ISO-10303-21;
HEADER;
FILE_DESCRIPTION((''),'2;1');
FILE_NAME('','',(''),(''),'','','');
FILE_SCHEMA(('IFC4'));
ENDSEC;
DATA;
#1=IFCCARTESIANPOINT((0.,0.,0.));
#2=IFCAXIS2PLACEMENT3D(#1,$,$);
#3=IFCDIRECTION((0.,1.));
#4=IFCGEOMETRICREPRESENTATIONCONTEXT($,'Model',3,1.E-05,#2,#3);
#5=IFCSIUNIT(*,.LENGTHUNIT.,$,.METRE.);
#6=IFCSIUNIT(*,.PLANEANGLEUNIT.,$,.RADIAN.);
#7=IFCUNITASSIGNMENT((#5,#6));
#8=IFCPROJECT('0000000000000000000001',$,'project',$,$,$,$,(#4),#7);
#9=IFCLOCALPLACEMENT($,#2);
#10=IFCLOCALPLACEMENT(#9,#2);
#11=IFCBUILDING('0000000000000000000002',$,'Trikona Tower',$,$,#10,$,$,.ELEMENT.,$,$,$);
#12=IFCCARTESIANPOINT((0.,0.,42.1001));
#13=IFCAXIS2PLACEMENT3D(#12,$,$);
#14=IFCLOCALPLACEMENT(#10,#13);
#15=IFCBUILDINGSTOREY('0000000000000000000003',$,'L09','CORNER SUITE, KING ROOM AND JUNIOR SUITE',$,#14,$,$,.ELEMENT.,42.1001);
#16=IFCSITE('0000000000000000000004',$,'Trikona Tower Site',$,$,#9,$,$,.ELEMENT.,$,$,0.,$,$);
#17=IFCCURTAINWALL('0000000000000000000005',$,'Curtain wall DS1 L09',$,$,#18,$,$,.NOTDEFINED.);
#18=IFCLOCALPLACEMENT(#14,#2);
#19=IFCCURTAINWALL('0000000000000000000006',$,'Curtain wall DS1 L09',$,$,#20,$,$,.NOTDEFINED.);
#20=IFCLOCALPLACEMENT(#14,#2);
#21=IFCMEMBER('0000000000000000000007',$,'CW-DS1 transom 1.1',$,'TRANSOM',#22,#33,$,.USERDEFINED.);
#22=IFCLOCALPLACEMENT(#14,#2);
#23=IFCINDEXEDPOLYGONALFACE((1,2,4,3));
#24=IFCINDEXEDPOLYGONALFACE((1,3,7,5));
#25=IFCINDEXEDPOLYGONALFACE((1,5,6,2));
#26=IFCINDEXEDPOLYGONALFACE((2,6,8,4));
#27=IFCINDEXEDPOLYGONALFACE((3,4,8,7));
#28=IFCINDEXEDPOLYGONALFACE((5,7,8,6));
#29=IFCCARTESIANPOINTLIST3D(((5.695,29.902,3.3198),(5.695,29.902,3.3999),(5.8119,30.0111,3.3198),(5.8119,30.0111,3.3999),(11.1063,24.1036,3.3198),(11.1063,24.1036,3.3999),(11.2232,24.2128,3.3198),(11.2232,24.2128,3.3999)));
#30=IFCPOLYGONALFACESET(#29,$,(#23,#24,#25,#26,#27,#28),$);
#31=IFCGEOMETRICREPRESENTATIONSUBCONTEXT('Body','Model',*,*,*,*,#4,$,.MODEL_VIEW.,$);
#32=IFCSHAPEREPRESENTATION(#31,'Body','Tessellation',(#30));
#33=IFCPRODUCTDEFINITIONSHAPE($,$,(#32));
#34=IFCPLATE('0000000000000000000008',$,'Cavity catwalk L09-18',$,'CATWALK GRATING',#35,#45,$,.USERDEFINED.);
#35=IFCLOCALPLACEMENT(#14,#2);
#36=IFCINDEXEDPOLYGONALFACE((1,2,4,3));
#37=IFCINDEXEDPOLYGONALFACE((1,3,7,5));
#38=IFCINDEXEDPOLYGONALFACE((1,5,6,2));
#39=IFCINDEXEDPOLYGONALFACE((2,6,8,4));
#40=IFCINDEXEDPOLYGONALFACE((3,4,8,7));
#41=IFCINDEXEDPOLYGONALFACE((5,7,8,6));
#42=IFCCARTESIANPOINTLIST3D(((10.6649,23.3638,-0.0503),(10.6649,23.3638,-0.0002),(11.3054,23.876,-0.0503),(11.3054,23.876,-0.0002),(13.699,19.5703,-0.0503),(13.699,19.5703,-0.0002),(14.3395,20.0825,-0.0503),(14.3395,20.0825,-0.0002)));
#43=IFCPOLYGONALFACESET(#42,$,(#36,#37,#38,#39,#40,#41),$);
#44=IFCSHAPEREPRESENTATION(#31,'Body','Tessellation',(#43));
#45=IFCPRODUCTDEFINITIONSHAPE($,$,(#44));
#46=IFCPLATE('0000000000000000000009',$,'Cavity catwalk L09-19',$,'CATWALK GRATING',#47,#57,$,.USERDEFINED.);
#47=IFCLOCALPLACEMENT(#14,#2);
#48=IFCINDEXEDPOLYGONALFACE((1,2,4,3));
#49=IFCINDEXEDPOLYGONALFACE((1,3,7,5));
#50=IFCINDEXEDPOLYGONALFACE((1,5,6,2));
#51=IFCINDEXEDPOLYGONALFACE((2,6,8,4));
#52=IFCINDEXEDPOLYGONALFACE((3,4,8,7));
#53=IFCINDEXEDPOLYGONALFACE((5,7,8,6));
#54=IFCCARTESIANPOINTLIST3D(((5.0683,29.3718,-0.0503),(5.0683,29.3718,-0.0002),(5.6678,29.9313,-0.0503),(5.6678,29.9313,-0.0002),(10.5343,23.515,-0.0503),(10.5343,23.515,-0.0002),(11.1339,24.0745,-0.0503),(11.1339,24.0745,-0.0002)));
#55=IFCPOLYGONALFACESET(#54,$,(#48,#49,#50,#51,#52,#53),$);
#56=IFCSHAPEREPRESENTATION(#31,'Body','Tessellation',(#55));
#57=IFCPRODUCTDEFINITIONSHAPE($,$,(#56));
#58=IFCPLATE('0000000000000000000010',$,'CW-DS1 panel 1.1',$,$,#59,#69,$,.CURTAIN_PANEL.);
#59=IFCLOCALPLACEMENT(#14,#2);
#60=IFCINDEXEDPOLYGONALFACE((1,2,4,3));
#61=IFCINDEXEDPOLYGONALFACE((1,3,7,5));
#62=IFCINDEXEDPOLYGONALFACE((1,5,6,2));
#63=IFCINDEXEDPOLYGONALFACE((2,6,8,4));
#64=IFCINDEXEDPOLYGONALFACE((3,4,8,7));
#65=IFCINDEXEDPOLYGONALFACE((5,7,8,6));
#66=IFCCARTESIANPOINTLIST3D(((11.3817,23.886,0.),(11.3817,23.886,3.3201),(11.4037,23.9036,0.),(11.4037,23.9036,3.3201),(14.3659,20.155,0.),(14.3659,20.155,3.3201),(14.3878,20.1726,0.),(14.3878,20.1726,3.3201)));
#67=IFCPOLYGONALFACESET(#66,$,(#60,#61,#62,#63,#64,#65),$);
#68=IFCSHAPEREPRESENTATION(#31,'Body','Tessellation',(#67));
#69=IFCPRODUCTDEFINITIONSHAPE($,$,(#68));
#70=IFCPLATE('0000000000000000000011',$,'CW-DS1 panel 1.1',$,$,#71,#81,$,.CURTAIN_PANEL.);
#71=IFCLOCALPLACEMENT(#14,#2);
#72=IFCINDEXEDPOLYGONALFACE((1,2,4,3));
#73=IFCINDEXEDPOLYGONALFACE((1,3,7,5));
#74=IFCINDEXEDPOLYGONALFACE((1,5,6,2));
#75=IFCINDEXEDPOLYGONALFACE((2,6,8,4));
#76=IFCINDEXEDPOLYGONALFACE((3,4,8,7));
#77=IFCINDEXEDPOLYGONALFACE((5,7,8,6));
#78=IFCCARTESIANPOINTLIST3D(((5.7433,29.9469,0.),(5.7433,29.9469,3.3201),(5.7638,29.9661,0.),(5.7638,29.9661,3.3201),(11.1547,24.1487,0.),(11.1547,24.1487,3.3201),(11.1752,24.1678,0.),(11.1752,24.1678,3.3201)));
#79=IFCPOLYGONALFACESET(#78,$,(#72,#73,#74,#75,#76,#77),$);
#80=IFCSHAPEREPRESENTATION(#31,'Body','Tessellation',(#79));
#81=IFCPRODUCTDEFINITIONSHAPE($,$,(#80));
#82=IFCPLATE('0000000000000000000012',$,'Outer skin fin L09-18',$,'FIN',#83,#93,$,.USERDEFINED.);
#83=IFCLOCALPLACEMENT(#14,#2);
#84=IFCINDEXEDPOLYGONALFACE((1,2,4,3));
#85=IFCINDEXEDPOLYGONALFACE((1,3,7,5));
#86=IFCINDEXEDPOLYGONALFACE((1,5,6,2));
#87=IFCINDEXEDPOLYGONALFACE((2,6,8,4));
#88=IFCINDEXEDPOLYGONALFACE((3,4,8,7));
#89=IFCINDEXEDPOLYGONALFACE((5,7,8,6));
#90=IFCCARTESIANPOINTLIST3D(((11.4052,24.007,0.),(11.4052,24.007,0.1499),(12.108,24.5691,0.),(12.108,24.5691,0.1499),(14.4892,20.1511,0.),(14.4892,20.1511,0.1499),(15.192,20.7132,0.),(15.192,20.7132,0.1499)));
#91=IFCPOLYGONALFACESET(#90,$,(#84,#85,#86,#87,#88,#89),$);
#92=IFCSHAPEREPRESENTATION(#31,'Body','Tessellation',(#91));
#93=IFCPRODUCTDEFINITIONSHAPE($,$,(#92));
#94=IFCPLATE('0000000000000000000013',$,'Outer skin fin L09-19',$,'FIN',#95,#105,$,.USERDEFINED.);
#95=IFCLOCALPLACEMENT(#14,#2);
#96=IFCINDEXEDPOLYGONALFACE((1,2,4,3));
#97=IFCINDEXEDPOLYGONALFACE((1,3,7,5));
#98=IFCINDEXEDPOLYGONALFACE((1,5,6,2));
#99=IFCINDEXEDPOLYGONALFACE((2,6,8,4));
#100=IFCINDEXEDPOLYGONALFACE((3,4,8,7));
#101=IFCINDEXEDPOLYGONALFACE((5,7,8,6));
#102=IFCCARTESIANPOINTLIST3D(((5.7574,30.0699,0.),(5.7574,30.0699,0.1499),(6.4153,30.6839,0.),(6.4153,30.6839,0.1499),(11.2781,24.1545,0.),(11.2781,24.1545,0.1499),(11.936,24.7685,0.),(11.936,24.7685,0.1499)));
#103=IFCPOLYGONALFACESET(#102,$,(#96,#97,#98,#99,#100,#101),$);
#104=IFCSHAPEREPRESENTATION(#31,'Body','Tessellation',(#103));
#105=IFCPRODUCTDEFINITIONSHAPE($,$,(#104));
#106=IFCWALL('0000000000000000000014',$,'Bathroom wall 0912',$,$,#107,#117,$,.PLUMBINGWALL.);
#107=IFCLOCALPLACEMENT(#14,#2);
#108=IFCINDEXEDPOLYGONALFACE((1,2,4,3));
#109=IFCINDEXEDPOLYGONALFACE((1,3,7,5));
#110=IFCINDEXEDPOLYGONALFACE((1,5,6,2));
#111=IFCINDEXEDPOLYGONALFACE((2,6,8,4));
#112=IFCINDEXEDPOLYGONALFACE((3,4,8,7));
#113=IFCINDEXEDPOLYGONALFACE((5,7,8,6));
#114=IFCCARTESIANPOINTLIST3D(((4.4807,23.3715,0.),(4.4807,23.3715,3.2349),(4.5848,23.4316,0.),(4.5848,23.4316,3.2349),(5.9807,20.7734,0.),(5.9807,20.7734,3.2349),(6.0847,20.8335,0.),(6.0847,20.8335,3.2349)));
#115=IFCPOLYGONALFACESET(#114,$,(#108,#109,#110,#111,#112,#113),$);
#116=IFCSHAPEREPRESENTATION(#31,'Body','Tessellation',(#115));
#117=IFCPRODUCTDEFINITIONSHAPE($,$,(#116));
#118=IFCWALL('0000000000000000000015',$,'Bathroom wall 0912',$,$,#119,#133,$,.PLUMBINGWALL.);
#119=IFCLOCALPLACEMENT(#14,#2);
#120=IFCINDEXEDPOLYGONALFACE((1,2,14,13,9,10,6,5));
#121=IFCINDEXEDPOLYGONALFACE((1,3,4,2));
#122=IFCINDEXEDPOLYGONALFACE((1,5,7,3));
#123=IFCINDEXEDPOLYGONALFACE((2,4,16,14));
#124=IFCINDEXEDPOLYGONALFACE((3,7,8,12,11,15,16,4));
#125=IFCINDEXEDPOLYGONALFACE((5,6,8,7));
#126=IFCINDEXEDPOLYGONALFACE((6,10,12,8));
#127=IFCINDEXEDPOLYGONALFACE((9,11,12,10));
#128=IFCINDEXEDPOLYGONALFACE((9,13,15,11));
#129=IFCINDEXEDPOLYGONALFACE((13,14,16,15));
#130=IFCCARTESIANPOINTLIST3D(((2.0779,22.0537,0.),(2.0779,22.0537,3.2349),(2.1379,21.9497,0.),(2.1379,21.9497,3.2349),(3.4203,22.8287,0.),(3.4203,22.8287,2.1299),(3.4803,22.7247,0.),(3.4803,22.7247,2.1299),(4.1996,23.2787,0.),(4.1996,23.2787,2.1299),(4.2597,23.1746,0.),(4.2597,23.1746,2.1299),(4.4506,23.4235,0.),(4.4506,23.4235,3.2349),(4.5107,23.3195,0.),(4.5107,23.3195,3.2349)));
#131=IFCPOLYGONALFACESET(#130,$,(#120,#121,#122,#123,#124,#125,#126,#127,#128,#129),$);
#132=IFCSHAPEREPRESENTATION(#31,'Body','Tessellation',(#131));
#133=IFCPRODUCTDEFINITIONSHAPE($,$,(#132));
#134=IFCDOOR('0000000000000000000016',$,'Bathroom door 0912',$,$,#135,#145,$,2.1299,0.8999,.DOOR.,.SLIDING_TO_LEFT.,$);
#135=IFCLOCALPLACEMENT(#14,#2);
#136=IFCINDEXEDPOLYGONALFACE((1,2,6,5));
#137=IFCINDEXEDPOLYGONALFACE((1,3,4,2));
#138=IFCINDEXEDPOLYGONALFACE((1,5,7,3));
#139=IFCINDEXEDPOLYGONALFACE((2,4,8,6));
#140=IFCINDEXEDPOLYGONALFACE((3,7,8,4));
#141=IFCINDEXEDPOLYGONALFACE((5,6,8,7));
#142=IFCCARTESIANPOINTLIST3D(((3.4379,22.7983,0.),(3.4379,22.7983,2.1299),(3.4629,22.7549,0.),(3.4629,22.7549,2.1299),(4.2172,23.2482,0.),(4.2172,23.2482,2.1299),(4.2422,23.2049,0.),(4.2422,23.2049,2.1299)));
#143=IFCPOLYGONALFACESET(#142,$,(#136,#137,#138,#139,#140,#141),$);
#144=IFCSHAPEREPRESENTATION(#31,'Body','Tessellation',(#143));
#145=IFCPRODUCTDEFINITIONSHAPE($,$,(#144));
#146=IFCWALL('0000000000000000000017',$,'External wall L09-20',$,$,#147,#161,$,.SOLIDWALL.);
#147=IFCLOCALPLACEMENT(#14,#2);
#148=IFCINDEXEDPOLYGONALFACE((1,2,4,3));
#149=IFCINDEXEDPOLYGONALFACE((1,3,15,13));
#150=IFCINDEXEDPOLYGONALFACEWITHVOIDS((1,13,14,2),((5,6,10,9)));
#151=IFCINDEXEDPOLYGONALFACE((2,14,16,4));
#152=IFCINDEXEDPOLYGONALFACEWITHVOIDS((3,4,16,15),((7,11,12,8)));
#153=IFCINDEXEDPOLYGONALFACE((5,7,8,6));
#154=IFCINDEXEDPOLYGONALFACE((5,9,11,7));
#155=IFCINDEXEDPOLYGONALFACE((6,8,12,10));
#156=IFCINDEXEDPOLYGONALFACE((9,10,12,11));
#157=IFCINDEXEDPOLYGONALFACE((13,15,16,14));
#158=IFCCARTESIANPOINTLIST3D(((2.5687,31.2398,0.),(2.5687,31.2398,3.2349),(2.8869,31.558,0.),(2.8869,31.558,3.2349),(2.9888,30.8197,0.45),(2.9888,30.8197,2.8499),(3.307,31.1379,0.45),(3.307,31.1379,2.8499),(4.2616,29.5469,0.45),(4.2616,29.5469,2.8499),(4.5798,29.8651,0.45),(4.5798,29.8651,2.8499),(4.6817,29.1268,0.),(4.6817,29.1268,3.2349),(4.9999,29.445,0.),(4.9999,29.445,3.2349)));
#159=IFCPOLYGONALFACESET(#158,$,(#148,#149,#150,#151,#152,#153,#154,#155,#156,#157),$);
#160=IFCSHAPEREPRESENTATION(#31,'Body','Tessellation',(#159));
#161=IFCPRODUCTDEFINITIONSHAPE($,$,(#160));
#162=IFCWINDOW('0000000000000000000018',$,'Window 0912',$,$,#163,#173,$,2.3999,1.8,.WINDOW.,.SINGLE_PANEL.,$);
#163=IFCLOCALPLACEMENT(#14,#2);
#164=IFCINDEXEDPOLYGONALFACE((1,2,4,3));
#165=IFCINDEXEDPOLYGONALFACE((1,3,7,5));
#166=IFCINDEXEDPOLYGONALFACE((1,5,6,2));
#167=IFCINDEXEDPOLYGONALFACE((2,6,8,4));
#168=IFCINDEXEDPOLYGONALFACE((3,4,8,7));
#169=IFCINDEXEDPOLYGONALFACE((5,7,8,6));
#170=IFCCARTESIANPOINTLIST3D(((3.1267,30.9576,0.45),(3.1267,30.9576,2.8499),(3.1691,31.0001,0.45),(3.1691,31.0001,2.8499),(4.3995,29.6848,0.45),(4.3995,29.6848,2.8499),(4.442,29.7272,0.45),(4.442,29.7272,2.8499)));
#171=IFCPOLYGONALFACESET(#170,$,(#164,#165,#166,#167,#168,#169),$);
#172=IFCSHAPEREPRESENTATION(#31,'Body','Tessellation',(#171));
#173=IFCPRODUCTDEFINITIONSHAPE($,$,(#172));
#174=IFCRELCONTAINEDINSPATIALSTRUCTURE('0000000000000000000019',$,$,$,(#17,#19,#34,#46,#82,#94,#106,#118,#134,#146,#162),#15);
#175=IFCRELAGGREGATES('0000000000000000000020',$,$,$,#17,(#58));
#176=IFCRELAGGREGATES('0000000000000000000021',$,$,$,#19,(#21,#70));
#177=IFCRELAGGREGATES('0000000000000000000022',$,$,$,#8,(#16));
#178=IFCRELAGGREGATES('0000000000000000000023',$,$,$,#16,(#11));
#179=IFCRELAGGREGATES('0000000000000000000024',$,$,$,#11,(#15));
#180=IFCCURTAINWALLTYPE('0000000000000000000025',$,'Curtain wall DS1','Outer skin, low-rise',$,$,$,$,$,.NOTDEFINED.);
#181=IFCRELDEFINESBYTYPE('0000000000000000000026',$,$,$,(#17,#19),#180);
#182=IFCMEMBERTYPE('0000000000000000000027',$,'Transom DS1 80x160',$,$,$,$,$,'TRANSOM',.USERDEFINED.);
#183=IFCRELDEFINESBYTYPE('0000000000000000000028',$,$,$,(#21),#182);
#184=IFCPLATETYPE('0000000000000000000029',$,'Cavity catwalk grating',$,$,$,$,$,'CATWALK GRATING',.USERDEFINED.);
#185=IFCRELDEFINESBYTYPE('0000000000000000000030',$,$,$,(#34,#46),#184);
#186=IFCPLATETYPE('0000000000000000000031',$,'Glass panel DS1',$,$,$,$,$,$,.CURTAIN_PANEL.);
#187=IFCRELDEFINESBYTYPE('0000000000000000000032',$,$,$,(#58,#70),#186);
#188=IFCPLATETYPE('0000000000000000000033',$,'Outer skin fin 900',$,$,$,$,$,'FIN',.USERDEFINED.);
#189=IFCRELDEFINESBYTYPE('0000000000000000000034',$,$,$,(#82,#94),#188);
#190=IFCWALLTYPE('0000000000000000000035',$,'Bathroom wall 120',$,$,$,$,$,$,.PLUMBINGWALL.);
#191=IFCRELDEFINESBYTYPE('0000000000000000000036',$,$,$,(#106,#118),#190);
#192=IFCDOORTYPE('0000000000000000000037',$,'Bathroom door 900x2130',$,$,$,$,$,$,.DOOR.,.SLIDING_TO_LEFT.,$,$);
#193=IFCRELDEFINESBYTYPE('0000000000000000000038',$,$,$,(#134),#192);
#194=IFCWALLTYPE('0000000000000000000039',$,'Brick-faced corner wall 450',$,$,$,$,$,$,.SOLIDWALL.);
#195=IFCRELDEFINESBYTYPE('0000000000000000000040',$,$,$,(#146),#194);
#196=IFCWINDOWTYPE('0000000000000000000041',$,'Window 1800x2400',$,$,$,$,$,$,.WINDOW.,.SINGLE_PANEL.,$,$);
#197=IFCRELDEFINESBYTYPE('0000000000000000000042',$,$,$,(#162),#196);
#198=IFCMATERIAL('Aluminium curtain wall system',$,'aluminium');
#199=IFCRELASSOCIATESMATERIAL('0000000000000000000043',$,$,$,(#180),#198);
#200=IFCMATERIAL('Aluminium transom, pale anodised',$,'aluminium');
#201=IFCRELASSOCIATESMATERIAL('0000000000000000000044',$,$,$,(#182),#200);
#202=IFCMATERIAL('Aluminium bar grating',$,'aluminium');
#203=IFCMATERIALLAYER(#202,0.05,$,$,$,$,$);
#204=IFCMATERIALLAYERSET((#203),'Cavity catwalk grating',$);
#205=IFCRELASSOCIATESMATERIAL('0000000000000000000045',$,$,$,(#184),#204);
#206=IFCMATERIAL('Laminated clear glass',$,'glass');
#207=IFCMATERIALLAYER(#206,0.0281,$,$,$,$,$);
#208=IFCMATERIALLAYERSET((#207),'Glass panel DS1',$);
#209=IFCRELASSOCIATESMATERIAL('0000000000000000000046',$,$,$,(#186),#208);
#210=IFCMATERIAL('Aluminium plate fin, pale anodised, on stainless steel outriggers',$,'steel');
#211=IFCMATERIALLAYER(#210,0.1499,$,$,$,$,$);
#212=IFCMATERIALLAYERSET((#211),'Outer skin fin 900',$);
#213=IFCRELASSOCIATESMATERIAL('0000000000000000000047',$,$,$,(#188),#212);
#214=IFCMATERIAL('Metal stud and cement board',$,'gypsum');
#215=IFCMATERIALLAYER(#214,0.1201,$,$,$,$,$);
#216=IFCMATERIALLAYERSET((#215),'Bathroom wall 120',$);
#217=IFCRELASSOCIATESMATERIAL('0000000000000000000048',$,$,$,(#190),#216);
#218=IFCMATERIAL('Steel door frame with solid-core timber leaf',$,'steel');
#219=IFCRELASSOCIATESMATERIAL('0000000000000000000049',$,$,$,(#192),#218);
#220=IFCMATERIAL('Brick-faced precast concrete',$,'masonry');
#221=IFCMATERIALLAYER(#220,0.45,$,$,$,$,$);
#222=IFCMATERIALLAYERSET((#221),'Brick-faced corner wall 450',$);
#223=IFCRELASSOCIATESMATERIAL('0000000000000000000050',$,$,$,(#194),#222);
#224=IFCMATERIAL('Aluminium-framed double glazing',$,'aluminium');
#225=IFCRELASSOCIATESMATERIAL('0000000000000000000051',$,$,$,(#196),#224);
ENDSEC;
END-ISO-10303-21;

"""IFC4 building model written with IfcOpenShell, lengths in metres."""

from ifc_helpers import new_model, si_unit, direction, frame, frame_2d, origin, origin_2d, place, context, subcontext, project, spatial, rectangle, extrude, material, layer, layer_set, material_profile, profile_set, type_object, element, fill, aggregate, save


model = new_model("IFC4")

# Units and contexts
model_context = context("Model", 3, precision=1e-05, world=origin(), true_north=direction((0.0, 1.0)))
body_context = subcontext(model_context, "Body", "Model", "MODEL_VIEW")
ifc_project = project(units=[si_unit("LENGTHUNIT", "METRE"), si_unit("PLANEANGLEUNIT", "RADIAN")], contexts=[model_context])

# Site, building, storey
site_placement = place(None, origin())
site = spatial("IfcSite", under=ifc_project, at=site_placement, Name="Trikona Tower Site", CompositionType="ELEMENT", RefElevation=0.0)
building_placement = place(site_placement, origin())
building = spatial("IfcBuilding", under=site, at=building_placement, Name="Trikona Tower", CompositionType="ELEMENT")
storey_placement = place(building_placement, frame((0.0, 0.0, 42.1001)))
storey = spatial("IfcBuildingStorey", under=building, at=storey_placement, Name="L09", Description="CORNER SUITE, KING ROOM AND JUNIOR SUITE", CompositionType="ELEMENT", Elevation=42.1001)

# Curtain walls
ifc_material_1 = material(Name="Aluminium curtain wall system", Category="aluminium")
curtain_wall_type = type_object("IfcCurtainWallType", Name="Curtain wall DS1", Description="Outer skin, low-rise", PredefinedType="NOTDEFINED", material=ifc_material_1)
curtain_wall_1_placement = place(storey_placement, origin())
curtain_wall_1 = element("IfcCurtainWall", 1, at=curtain_wall_1_placement, inside=storey, type_object=curtain_wall_type, Name="Curtain wall DS1 L09", PredefinedType="NOTDEFINED")
curtain_wall_2_placement = place(storey_placement, origin())
curtain_wall_2 = element("IfcCurtainWall", 2, at=curtain_wall_2_placement, inside=storey, type_object=curtain_wall_type, Name="Curtain wall DS1 L09", PredefinedType="NOTDEFINED")

# Member
ifc_material_2 = material(Name="Aluminium transom, pale anodised", Category="aluminium")
ifc_material_profile_1 = material_profile(ifc_material_2, rectangle(XDim=0.1599, YDim=0.0801, at=origin_2d()), Name="TRN-DS1")
ifc_profile_set_1 = profile_set([ifc_material_profile_1], Name="Aluminium transom, pale anodised")
member_type_1 = type_object("IfcMemberType", Name="Transom DS1 80x160", ElementType="TRANSOM", PredefinedType="USERDEFINED", material=ifc_profile_set_1)
member_1_placement = place(storey_placement, frame((11.1648, 24.1582, 3.3599), z_axis=(-0.682291, 0.731081, 0.0), x_axis=(-0.731081, -0.682291, 0.0)))
member_1 = element("IfcMember", 3, at=member_1_placement, type_object=member_type_1, Name="CW-DS1 transom 1.1", ObjectType="TRANSOM", PredefinedType="USERDEFINED", context=body_context, shape_type="SweptSolid", body=[
    extrude(rectangle(XDim=0.1599, YDim=0.0801, at=origin_2d()), origin(), (0.0, 0.0, 1.0), 7.9312),
])

# Plates
ifc_material_3 = material(Name="Aluminium bar grating", Category="aluminium")
ifc_layer_1 = layer(ifc_material_3, 0.05)
ifc_layer_set_1 = layer_set([ifc_layer_1], Name="Cavity catwalk grating")
plate_type_1 = type_object("IfcPlateType", Name="Cavity catwalk grating", ElementType="CATWALK GRATING", PredefinedType="USERDEFINED", material=ifc_layer_set_1)
plate_1_placement = place(storey_placement, frame((12.5022, 21.7231, -0.0503), z_axis=(0.0, 0.0, 1.0), x_axis=(-0.624604, 0.780942, 0.0)))
element("IfcPlate", 4, at=plate_1_placement, inside=storey, type_object=plate_type_1, Name="Cavity catwalk L09-18", ObjectType="CATWALK GRATING", PredefinedType="USERDEFINED", context=body_context, shape_type="SweptSolid", body=[
    extrude(rectangle(XDim=4.8577, YDim=0.8201, at=origin_2d()), origin(), (0.0, 0.0, 1.0), 0.05),
])
plate_2_placement = place(storey_placement, frame((8.1011, 26.7231, -0.0503), z_axis=(0.0, 0.0, 1.0), x_axis=(-0.682298, 0.731074, 0.0)))
element("IfcPlate", 5, at=plate_2_placement, inside=storey, type_object=plate_type_1, Name="Cavity catwalk L09-19", ObjectType="CATWALK GRATING", PredefinedType="USERDEFINED", context=body_context, shape_type="SweptSolid", body=[
    extrude(rectangle(XDim=8.0112, YDim=0.8201, at=origin_2d()), origin(), (0.0, 0.0, 1.0), 0.05),
])

# Plates
ifc_material_4 = material(Name="Laminated clear glass", Category="glass")
ifc_layer_2 = layer(ifc_material_4, 0.0281)
ifc_layer_set_2 = layer_set([ifc_layer_2], Name="Glass panel DS1")
plate_type_2 = type_object("IfcPlateType", Name="Glass panel DS1", PredefinedType="CURTAIN_PANEL", material=ifc_layer_set_2)
plate_3_placement = place(storey_placement, frame((12.8848, 22.0293, 0.0), z_axis=(0.0, 0.0, 1.0), x_axis=(-0.624609, 0.780938, 0.0)))
plate_3 = element("IfcPlate", 6, at=plate_3_placement, type_object=plate_type_2, Name="CW-DS1 panel 1.1", PredefinedType="CURTAIN_PANEL", context=body_context, shape_type="SweptSolid", body=[
    extrude(rectangle(XDim=4.7776, YDim=0.0281, at=origin_2d()), origin(), (0.0, 0.0, 1.0), 3.3201),
])
aggregate(curtain_wall_1, [plate_3])
plate_4_placement = place(storey_placement, frame((8.4592, 27.0574, 0.0), z_axis=(0.0, 0.0, 1.0), x_axis=(-0.682295, 0.731077, 0.0)))
plate_4 = element("IfcPlate", 7, at=plate_4_placement, type_object=plate_type_2, Name="CW-DS1 panel 1.1", PredefinedType="CURTAIN_PANEL", context=body_context, shape_type="SweptSolid", body=[
    extrude(rectangle(XDim=7.9312, YDim=0.0281, at=origin_2d()), origin(), (0.0, 0.0, 1.0), 3.3201),
])
aggregate(curtain_wall_2, [member_1, plate_4])

# Plates
ifc_material_5 = material(Name="Aluminium plate fin, pale anodised, on stainless steel outriggers", Category="steel")
ifc_layer_3 = layer(ifc_material_5, 0.1499)
ifc_layer_set_3 = layer_set([ifc_layer_3], Name="Outer skin fin 900")
plate_type_3 = type_object("IfcPlateType", Name="Outer skin fin 900", ElementType="FIN", PredefinedType="USERDEFINED", material=ifc_layer_set_3)
plate_5_placement = place(storey_placement, frame((13.2986, 22.3601, 0.0), z_axis=(0.0, 0.0, 1.0), x_axis=(-0.624604, 0.780942, 0.0)))
element("IfcPlate", 8, at=plate_5_placement, inside=storey, type_object=plate_type_3, Name="Outer skin fin L09-18", ObjectType="FIN", PredefinedType="USERDEFINED", context=body_context, shape_type="SweptSolid", body=[
    extrude(rectangle(XDim=4.9375, YDim=0.8999, at=origin_2d()), origin(), (0.0, 0.0, 1.0), 0.1499),
])
plate_6_placement = place(storey_placement, frame((8.8467, 27.4192, 0.0), z_axis=(0.0, 0.0, 1.0), x_axis=(-0.682298, 0.731074, 0.0)))
element("IfcPlate", 9, at=plate_6_placement, inside=storey, type_object=plate_type_3, Name="Outer skin fin L09-19", ObjectType="FIN", PredefinedType="USERDEFINED", context=body_context, shape_type="SweptSolid", body=[
    extrude(rectangle(XDim=8.0913, YDim=0.8999, at=origin_2d()), origin(), (0.0, 0.0, 1.0), 0.1499),
])

# Wall
ifc_material_6 = material(Name="Metal stud and cement board", Category="gypsum")
ifc_layer_4 = layer(ifc_material_6, 0.1201)
ifc_layer_set_4 = layer_set([ifc_layer_4], Name="Bathroom wall 120")
wall_type_1 = type_object("IfcWallType", Name="Bathroom wall 120", PredefinedType="PLUMBINGWALL", material=ifc_layer_set_4)
wall_1_placement = place(storey_placement, frame((6.0327, 20.8035, 0.0), z_axis=(0.0, 0.0, 1.0), x_axis=(-0.49999, 0.866031, 0.0)))
element("IfcWall", 10, at=wall_1_placement, inside=storey, type_object=wall_type_1, Name="Bathroom wall 0912", PredefinedType="PLUMBINGWALL", context=body_context, shape_type="SweptSolid", body=[
    extrude(rectangle(XDim=3.0, YDim=0.1201, at=frame_2d((1.5, 0.0))), origin(), (0.0, 0.0, 1.0), 3.2349),
])

# Wall, opening, door
wall_2_placement = place(storey_placement, frame((2.1079, 22.0017, 0.0), z_axis=(0.0, 0.0, 1.0), x_axis=(0.866036, 0.499982, 0.0)))
wall_2 = element("IfcWall", 11, at=wall_2_placement, inside=storey, type_object=wall_type_1, Name="Bathroom wall 0912", PredefinedType="PLUMBINGWALL", context=body_context, shape_type="SweptSolid", body=[
    extrude(rectangle(XDim=2.7397, YDim=0.1201, at=frame_2d((1.3699, 0.0))), origin(), (0.0, 0.0, 1.0), 3.2349),
])
opening_1_placement = place(wall_2_placement, frame((1.55, 0.0, 0.0)))
opening_1 = element("IfcOpeningElement", 12, at=opening_1_placement, cuts=wall_2, PredefinedType="OPENING", context=body_context, shape_type="SweptSolid", body=[
    extrude(rectangle(XDim=0.8999, YDim=2.1299, at=frame_2d((0.45, 1.0649))), frame((0.0, 0.0701, 0.0), z_axis=(0.0, -1.0, 0.0), x_axis=(1.0, 0.0, 0.0)), (0.0, 0.0, 1.0), 0.1401),
])
ifc_material_7 = material(Name="Steel door frame with solid-core timber leaf", Category="steel")
door_type = type_object("IfcDoorType", Name="Bathroom door 900x2130", OperationType="SLIDING_TO_LEFT", PredefinedType="DOOR", material=ifc_material_7)
door_placement = place(opening_1_placement, origin())
door = element("IfcDoor", 13, at=door_placement, inside=storey, type_object=door_type, Name="Bathroom door 0912", OperationType="SLIDING_TO_LEFT", OverallHeight=2.1299, OverallWidth=0.8999, PredefinedType="DOOR", context=body_context, shape_type="SweptSolid", body=[
    extrude(rectangle(XDim=0.8999, YDim=2.1299, at=frame_2d((0.45, 1.0649))), frame((0.0, 0.0249, 0.0), z_axis=(0.0, -1.0, 0.0), x_axis=(1.0, 0.0, 0.0)), (0.0, 0.0, 1.0), 0.05),
])
fill(opening_1, door)

# Wall, opening, window
ifc_material_8 = material(Name="Brick-faced precast concrete", Category="masonry")
ifc_layer_5 = layer(ifc_material_8, 0.45)
ifc_layer_set_5 = layer_set([ifc_layer_5], Name="Brick-faced corner wall 450")
wall_type_2 = type_object("IfcWallType", Name="Brick-faced corner wall 450", PredefinedType="SOLIDWALL", material=ifc_layer_set_5)
wall_3_placement = place(storey_placement, frame((4.8408, 29.2859, 0.0), z_axis=(0.0, 0.0, 1.0), x_axis=(-0.707107, 0.707107, 0.0)))
wall_3 = element("IfcWall", 14, at=wall_3_placement, inside=storey, type_object=wall_type_2, Name="External wall L09-20", PredefinedType="SOLIDWALL", context=body_context, shape_type="SweptSolid", body=[
    extrude(rectangle(XDim=2.9883, YDim=0.45, at=frame_2d((1.4941, 0.0))), origin(), (0.0, 0.0, 1.0), 3.2349),
])
opening_2_placement = place(wall_3_placement, frame((0.5942, 0.0, 0.45)))
opening_2 = element("IfcOpeningElement", 15, at=opening_2_placement, cuts=wall_3, PredefinedType="OPENING", context=body_context, shape_type="SweptSolid", body=[
    extrude(rectangle(XDim=1.8, YDim=2.3999, at=frame_2d((0.8999, 1.2))), frame((0.0, 0.2349, 0.0), z_axis=(0.0, -1.0, 0.0), x_axis=(1.0, 0.0, 0.0)), (0.0, 0.0, 1.0), 0.47),
])
ifc_material_9 = material(Name="Aluminium-framed double glazing", Category="aluminium")
window_type_1 = type_object("IfcWindowType", Name="Window 1800x2400", PartitioningType="SINGLE_PANEL", PredefinedType="WINDOW", material=ifc_material_9)
window_1_placement = place(opening_2_placement, origin())
window_1 = element("IfcWindow", 16, at=window_1_placement, inside=storey, type_object=window_type_1, Name="Window 0912", OverallHeight=2.3999, OverallWidth=1.8, PartitioningType="SINGLE_PANEL", PredefinedType="WINDOW", context=body_context, shape_type="SweptSolid", body=[
    extrude(rectangle(XDim=1.8, YDim=2.3999, at=frame_2d((0.8999, 1.2))), frame((0.0, 0.03, 0.0), z_axis=(0.0, -1.0, 0.0), x_axis=(1.0, 0.0, 0.0)), (0.0, 0.0, 1.0), 0.0601),
])
fill(opening_2, window_1)

save(model, "model.ifc")
